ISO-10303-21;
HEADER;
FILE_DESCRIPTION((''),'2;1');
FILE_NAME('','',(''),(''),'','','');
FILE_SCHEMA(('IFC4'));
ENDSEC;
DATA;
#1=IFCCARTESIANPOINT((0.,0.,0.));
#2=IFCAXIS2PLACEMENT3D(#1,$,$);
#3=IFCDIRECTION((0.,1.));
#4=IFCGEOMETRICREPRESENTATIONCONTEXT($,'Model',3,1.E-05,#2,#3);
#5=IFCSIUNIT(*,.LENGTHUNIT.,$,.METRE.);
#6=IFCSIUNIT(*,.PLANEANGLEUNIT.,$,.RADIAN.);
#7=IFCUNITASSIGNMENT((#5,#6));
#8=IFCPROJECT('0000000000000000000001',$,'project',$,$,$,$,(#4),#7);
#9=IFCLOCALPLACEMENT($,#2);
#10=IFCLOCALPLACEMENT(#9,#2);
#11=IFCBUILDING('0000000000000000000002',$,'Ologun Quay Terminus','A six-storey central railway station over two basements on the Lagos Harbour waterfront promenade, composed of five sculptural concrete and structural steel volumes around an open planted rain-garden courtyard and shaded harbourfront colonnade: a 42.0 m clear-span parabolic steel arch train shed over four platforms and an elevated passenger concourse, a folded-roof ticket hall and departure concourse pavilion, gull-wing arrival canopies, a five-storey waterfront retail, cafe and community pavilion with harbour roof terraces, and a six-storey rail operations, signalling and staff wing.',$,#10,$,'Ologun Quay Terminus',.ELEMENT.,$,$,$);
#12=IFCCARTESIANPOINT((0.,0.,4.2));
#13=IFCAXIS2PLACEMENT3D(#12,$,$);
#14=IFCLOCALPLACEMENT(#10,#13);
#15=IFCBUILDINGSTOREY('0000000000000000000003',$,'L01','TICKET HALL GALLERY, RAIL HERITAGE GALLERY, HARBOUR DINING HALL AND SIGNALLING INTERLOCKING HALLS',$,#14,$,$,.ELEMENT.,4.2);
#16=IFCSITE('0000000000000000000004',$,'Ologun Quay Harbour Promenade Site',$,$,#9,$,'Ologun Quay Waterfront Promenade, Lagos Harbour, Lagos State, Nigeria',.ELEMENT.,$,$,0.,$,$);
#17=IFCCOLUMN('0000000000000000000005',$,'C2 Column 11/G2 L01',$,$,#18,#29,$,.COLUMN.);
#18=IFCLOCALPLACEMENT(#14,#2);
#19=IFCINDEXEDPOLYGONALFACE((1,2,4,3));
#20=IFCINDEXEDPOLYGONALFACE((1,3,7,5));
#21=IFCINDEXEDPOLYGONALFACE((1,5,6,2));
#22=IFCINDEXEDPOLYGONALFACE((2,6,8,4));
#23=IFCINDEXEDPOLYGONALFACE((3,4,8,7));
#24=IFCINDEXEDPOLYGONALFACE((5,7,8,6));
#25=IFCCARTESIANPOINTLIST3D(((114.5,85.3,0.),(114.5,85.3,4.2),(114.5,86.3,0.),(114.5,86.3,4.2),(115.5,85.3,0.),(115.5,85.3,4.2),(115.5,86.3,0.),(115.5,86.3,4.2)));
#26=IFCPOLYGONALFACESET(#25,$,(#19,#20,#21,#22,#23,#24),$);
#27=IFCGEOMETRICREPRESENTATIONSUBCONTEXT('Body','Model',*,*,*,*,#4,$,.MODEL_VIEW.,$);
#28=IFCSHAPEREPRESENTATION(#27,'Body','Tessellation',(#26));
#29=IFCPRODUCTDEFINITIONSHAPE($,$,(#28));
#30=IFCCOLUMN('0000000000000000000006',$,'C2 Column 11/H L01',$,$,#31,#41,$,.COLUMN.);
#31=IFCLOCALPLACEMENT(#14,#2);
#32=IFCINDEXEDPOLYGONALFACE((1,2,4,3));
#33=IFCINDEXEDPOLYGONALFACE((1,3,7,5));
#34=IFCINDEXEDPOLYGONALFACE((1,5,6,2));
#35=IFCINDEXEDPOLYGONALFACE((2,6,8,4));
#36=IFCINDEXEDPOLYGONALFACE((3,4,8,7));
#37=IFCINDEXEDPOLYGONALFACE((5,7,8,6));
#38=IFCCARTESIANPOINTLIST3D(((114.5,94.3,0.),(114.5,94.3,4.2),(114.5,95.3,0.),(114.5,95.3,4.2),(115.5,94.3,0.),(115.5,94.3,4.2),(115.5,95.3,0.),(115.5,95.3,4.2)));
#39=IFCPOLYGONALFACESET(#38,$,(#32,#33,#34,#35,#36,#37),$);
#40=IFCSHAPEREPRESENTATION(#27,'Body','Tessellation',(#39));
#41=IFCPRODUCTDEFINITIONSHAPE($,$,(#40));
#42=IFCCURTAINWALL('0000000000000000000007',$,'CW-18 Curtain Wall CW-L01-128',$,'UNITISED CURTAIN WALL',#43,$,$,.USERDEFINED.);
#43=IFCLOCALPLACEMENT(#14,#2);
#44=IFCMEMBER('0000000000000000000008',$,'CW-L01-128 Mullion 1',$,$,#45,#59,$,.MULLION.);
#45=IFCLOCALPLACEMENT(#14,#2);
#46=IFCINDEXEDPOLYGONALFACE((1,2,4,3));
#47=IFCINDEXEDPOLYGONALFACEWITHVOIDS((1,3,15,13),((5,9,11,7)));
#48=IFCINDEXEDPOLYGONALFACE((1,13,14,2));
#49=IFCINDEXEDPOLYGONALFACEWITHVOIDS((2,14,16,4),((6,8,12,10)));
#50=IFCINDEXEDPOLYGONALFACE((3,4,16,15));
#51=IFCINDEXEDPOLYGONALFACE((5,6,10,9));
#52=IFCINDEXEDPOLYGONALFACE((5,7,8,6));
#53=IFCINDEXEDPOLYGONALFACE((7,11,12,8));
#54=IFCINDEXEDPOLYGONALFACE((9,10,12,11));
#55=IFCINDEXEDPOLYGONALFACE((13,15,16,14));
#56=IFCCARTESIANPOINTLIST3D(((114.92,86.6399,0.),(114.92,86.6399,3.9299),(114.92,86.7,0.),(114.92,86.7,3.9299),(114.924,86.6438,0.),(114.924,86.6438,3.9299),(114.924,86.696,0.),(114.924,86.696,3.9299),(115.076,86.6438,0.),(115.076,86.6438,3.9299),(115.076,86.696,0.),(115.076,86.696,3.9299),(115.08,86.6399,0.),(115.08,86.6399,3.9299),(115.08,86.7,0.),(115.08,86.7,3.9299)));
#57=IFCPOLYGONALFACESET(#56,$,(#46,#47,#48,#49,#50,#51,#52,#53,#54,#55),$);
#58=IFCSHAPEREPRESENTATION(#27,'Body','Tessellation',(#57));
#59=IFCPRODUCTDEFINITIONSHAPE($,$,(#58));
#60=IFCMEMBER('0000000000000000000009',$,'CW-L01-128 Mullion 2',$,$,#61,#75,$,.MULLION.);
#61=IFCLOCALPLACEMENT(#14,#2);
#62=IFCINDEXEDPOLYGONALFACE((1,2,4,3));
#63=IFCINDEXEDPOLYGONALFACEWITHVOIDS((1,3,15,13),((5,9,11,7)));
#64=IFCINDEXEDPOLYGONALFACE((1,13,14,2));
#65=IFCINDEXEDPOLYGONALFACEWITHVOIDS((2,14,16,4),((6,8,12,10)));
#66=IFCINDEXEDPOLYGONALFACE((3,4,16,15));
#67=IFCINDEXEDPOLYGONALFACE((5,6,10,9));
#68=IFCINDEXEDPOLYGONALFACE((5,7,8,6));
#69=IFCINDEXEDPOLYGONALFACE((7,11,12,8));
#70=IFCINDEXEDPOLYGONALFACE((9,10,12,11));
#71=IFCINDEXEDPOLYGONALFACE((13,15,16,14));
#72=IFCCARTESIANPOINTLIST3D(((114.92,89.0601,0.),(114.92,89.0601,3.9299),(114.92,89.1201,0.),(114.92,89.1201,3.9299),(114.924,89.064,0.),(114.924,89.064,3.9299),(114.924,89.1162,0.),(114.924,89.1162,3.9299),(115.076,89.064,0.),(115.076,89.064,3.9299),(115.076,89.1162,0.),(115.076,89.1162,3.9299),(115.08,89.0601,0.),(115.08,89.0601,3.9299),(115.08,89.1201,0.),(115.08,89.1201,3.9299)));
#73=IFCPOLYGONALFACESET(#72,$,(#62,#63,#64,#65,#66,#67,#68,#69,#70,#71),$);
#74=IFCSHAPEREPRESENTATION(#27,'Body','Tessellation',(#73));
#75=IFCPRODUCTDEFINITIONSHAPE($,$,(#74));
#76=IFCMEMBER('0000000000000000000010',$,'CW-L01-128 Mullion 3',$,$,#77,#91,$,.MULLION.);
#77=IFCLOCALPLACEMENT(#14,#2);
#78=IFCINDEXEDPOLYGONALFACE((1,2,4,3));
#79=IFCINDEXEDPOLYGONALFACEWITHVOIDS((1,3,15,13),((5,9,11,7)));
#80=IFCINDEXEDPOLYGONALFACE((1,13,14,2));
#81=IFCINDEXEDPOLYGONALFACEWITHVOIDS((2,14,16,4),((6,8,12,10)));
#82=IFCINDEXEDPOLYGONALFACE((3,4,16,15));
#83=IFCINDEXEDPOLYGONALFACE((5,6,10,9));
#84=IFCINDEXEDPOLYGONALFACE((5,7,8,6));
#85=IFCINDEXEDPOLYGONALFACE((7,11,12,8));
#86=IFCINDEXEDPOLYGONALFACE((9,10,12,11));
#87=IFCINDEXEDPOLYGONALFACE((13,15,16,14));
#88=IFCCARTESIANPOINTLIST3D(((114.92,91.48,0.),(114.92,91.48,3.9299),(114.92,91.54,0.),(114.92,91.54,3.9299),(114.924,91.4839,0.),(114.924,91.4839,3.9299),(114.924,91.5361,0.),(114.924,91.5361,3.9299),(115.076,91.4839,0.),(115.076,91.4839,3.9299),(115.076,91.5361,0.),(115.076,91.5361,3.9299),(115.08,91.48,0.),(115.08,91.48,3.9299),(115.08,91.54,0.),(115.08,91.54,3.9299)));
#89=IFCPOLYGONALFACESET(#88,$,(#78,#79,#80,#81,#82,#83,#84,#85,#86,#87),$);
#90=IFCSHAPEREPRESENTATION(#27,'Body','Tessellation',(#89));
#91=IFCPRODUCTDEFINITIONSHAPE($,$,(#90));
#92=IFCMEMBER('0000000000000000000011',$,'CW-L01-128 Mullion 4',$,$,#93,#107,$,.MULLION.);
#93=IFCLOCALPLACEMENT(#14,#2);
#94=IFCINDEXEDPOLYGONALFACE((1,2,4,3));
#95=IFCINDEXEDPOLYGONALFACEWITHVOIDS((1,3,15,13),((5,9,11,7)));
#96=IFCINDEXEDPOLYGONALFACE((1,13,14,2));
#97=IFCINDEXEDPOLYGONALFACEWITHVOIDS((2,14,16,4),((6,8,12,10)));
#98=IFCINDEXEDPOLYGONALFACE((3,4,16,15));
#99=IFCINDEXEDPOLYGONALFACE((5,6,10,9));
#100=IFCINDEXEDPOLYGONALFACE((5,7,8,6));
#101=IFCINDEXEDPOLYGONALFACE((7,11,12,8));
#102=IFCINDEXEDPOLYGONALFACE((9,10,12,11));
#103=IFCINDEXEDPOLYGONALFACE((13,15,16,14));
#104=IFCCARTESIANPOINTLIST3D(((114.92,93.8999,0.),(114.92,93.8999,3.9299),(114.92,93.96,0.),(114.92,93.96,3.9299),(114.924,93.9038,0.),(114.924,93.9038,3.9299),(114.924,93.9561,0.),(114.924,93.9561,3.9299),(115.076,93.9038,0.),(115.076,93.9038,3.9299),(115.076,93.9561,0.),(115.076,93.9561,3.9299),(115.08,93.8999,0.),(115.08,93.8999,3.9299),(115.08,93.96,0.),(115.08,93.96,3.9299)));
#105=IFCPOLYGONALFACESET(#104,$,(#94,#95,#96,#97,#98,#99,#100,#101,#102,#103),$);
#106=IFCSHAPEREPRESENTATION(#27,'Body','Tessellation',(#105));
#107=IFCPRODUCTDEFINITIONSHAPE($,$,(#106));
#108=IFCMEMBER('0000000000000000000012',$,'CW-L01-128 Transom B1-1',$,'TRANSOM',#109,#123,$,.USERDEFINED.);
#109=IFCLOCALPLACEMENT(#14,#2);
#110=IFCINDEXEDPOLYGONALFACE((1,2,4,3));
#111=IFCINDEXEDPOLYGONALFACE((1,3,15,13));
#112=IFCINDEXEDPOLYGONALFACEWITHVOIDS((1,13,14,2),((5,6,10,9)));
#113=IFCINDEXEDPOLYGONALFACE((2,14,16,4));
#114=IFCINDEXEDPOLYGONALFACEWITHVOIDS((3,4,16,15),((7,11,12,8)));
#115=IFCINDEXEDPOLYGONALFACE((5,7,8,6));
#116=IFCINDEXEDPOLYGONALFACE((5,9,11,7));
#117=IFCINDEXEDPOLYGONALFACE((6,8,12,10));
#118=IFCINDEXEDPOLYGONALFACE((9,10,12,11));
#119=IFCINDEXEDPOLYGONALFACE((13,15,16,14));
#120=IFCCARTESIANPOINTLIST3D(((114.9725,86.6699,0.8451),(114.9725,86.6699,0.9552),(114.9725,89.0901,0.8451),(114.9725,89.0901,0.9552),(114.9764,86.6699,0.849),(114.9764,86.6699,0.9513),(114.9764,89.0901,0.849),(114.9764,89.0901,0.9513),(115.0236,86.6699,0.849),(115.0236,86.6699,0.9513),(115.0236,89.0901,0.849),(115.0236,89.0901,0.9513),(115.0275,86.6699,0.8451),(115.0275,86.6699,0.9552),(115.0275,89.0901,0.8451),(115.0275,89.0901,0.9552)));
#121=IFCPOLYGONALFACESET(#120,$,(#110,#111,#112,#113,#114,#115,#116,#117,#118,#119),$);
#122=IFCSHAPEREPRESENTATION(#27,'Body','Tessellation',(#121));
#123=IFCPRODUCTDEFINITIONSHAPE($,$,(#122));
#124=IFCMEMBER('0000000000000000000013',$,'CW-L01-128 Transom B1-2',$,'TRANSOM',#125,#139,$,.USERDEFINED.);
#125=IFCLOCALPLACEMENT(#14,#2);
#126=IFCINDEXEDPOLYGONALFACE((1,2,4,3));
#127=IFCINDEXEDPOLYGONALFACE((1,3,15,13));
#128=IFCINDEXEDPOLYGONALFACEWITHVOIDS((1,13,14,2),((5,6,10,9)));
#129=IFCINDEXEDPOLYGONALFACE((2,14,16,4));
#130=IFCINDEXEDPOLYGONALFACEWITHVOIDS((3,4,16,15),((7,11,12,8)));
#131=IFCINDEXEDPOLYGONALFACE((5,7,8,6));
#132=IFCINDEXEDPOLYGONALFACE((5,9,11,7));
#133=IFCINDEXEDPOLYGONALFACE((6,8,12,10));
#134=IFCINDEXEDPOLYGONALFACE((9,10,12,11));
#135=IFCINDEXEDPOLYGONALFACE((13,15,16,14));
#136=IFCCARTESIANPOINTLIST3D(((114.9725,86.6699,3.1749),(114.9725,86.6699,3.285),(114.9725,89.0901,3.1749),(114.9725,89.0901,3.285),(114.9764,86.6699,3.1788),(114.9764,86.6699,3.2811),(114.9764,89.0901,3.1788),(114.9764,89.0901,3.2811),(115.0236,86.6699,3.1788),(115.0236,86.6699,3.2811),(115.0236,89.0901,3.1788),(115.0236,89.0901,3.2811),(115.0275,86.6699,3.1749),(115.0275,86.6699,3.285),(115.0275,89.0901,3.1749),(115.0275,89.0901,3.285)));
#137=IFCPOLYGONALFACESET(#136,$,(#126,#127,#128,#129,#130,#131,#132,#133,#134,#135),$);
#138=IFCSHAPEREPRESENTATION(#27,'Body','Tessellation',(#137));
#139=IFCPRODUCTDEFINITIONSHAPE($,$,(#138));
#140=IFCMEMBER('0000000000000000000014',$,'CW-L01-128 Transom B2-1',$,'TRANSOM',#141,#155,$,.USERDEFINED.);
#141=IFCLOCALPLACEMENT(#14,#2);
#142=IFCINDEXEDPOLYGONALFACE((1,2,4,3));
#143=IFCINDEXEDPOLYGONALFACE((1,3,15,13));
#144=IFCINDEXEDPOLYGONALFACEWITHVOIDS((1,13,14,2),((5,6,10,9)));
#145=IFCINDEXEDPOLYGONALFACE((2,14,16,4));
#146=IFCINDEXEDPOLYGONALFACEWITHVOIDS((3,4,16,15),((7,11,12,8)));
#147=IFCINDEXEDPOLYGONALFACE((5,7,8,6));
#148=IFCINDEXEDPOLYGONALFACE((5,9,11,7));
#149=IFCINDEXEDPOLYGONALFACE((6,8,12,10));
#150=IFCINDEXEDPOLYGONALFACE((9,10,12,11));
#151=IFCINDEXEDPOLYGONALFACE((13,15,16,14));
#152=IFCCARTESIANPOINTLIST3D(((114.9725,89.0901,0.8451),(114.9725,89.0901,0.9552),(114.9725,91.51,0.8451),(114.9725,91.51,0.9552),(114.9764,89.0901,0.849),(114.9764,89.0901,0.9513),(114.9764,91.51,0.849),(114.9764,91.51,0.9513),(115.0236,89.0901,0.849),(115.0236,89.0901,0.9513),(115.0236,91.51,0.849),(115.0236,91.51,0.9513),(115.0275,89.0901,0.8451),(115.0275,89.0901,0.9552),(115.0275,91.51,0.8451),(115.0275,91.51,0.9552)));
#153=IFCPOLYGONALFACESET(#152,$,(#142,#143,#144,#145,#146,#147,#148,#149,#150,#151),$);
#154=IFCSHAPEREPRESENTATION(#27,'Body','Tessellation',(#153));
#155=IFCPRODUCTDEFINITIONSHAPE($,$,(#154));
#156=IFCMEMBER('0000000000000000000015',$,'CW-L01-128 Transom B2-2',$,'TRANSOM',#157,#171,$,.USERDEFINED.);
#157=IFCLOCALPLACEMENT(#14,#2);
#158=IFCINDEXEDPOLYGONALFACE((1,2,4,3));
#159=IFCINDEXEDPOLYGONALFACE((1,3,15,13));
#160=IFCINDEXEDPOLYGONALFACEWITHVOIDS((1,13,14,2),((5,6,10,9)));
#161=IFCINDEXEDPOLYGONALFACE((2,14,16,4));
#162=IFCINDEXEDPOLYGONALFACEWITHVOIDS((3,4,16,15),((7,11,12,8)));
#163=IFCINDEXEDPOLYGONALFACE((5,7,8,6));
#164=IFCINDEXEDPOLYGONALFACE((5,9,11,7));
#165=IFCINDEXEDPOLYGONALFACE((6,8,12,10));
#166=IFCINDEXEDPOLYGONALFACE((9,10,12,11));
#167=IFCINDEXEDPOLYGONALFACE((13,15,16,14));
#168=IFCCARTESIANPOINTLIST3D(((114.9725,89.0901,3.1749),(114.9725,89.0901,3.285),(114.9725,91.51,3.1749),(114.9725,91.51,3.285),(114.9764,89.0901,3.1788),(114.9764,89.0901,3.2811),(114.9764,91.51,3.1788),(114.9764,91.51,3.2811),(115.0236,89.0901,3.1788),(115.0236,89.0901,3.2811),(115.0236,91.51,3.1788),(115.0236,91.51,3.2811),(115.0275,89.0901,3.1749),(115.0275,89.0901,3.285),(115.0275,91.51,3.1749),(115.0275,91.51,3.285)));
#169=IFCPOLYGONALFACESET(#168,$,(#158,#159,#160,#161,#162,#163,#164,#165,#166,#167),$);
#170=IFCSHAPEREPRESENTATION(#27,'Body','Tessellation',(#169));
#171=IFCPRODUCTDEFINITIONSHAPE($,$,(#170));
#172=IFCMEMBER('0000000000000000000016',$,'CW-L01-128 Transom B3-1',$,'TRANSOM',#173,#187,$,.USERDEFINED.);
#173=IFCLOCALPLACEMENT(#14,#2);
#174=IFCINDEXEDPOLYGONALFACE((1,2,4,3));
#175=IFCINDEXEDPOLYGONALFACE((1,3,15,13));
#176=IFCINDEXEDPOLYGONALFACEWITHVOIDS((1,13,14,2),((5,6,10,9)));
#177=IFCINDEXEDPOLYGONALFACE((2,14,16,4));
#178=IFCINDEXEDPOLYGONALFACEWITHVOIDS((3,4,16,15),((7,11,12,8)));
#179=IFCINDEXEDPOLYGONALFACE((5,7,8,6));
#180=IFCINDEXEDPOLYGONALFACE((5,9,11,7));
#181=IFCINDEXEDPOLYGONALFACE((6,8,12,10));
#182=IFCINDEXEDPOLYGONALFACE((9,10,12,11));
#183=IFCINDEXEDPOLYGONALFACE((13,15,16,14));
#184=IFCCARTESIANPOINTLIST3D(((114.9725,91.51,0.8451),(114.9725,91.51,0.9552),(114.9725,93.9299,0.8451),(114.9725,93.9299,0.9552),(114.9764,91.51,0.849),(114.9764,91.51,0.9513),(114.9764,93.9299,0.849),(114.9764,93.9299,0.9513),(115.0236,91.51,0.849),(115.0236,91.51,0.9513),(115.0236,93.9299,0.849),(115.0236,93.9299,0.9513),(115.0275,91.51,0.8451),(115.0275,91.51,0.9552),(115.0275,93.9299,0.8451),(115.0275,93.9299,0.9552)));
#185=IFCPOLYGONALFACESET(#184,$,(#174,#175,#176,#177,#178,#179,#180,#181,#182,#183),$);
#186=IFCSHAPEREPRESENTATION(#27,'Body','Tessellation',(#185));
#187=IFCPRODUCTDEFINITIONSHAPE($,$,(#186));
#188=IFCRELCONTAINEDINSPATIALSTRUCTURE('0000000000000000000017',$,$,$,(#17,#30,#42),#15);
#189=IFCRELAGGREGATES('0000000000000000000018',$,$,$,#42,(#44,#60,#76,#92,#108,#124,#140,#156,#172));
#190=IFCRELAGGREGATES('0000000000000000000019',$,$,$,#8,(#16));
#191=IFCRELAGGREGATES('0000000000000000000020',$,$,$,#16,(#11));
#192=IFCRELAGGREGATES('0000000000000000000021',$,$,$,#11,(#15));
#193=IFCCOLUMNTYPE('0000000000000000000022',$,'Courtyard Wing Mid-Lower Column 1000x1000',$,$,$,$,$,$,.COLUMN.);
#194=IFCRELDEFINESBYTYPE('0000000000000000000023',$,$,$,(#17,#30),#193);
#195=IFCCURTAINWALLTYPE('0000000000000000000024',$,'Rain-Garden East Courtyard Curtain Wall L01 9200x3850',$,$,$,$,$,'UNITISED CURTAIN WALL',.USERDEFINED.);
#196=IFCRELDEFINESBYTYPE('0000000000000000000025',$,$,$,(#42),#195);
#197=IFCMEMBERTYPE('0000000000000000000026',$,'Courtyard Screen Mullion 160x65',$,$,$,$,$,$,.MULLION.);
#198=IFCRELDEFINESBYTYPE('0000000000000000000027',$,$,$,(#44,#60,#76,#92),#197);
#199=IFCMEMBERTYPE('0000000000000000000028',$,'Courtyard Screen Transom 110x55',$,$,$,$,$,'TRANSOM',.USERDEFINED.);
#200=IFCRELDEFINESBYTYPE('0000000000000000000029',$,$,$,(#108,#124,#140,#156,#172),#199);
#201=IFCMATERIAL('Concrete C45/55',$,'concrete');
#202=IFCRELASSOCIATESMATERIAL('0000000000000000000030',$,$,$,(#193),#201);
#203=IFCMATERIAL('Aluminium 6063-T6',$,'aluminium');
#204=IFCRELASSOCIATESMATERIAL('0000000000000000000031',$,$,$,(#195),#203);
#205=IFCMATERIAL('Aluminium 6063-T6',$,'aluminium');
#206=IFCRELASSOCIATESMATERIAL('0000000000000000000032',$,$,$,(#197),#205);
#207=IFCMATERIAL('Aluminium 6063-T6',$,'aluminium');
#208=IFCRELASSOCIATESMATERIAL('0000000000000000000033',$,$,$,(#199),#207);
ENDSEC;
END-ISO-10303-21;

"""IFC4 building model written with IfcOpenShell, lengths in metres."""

from ifc_helpers import new_model, si_unit, direction, frame, origin, origin_2d, place, context, subcontext, project, spatial, rectangle, hollow_rectangle, extrude, material, material_profile, profile_set, type_object, element, aggregate, save


model = new_model("IFC4")

# Units and contexts
model_context = context("Model", 3, precision=1e-05, world=origin(), true_north=direction((0.0, 1.0)))
body_context = subcontext(model_context, "Body", "Model", "MODEL_VIEW")
ifc_project = project(units=[si_unit("LENGTHUNIT", "METRE"), si_unit("PLANEANGLEUNIT", "RADIAN")], contexts=[model_context])

# Site, building, storey
site_placement = place(None, origin())
site = spatial("IfcSite", under=ifc_project, at=site_placement, Name="Ologun Quay Harbour Promenade Site", LongName="Ologun Quay Waterfront Promenade, Lagos Harbour, Lagos State, Nigeria", CompositionType="ELEMENT", RefElevation=0.0)
building_placement = place(site_placement, origin())
building = spatial("IfcBuilding", under=site, at=building_placement, Name="Ologun Quay Terminus", Description="A six-storey central railway station over two basements on the Lagos Harbour waterfront promenade, composed of five sculptural concrete and structural steel volumes around an open planted rain-garden courtyard and shaded harbourfront colonnade: a 42.0 m clear-span parabolic steel arch train shed over four platforms and an elevated passenger concourse, a folded-roof ticket hall and departure concourse pavilion, gull-wing arrival canopies, a five-storey waterfront retail, cafe and community pavilion with harbour roof terraces, and a six-storey rail operations, signalling and staff wing.", LongName="Ologun Quay Terminus", CompositionType="ELEMENT")
storey_placement = place(building_placement, frame((0.0, 0.0, 4.2)))
storey = spatial("IfcBuildingStorey", under=building, at=storey_placement, Name="L01", Description="TICKET HALL GALLERY, RAIL HERITAGE GALLERY, HARBOUR DINING HALL AND SIGNALLING INTERLOCKING HALLS", CompositionType="ELEMENT", Elevation=4.2)

# Columns
ifc_material_1 = material(Name="Concrete C45/55", Category="concrete")
ifc_material_profile_1 = material_profile(ifc_material_1, rectangle(XDim=1.0, YDim=1.0, at=origin_2d()), Name="RC 1000x1000")
ifc_profile_set_1 = profile_set([ifc_material_profile_1], Name="Concrete C45/55")
column_type = type_object("IfcColumnType", Name="Courtyard Wing Mid-Lower Column 1000x1000", PredefinedType="COLUMN", material=ifc_profile_set_1)
for number, where, z_axis, x_axis, name in (
    (1, (115.0, 85.8, 0.0), (0.0, 0.0, 1.0), (1.0, 0.0, 0.0), "C2 Column 11/G2 L01"),
    (2, (115.0, 94.8, 0.0), (0.0, 0.0, 1.0), (1.0, 0.0, 0.0), "C2 Column 11/H L01"),
):
    element("IfcColumn", number, at=place(storey_placement, frame(where, z_axis=z_axis, x_axis=x_axis)), inside=storey, type_object=column_type, Name=name, PredefinedType="COLUMN", context=body_context, shape_type="SweptSolid", body=[
        extrude(rectangle(XDim=1.0, YDim=1.0, at=origin_2d()), origin(), (0.0, 0.0, 1.0), 4.2),
    ])

# Curtain wall, members
ifc_material_2 = material(Name="Aluminium 6063-T6", Category="aluminium")
curtain_wall_type = type_object("IfcCurtainWallType", Name="Rain-Garden East Courtyard Curtain Wall L01 9200x3850", ElementType="UNITISED CURTAIN WALL", PredefinedType="USERDEFINED", material=ifc_material_2)
curtain_wall_placement = place(storey_placement, origin())
curtain_wall = element("IfcCurtainWall", 3, at=curtain_wall_placement, inside=storey, type_object=curtain_wall_type, Name="CW-18 Curtain Wall CW-L01-128", ObjectType="UNITISED CURTAIN WALL", PredefinedType="USERDEFINED")
ifc_material_3 = material(Name="Aluminium 6063-T6", Category="aluminium")
ifc_material_profile_2 = material_profile(ifc_material_3, hollow_rectangle(XDim=0.0601, YDim=0.1599, WallThickness=0.0039, at=origin_2d()), Name="ALU 160x60x4")
ifc_profile_set_2 = profile_set([ifc_material_profile_2], Name="Aluminium 6063-T6")
member_type_1 = type_object("IfcMemberType", Name="Courtyard Screen Mullion 160x65", PredefinedType="MULLION", material=ifc_profile_set_2)
member_1_placement = place(storey_placement, frame((115.0, 86.6699, 0.0), z_axis=(0.0, 0.0, 1.0), x_axis=(0.0, 1.0, 0.0)))
member_1 = element("IfcMember", 4, at=member_1_placement, type_object=member_type_1, Name="CW-L01-128 Mullion 1", PredefinedType="MULLION", context=body_context, shape_type="SweptSolid", body=[
    extrude(hollow_rectangle(XDim=0.0601, YDim=0.1599, WallThickness=0.0039, at=origin_2d()), origin(), (0.0, 0.0, 1.0), 3.9299),
])
member_2_placement = place(storey_placement, frame((115.0, 89.0901, 0.0), z_axis=(0.0, 0.0, 1.0), x_axis=(0.0, 1.0, 0.0)))
member_2 = element("IfcMember", 5, at=member_2_placement, type_object=member_type_1, Name="CW-L01-128 Mullion 2", PredefinedType="MULLION", context=body_context, shape_type="SweptSolid", body=[
    extrude(hollow_rectangle(XDim=0.0601, YDim=0.1599, WallThickness=0.0039, at=origin_2d()), origin(), (0.0, 0.0, 1.0), 3.9299),
])
member_3_placement = place(storey_placement, frame((115.0, 91.51, 0.0), z_axis=(0.0, 0.0, 1.0), x_axis=(0.0, 1.0, 0.0)))
member_3 = element("IfcMember", 6, at=member_3_placement, type_object=member_type_1, Name="CW-L01-128 Mullion 3", PredefinedType="MULLION", context=body_context, shape_type="SweptSolid", body=[
    extrude(hollow_rectangle(XDim=0.0601, YDim=0.1599, WallThickness=0.0039, at=origin_2d()), origin(), (0.0, 0.0, 1.0), 3.9299),
])
member_4_placement = place(storey_placement, frame((115.0, 93.9299, 0.0), z_axis=(0.0, 0.0, 1.0), x_axis=(0.0, 1.0, 0.0)))
member_4 = element("IfcMember", 7, at=member_4_placement, type_object=member_type_1, Name="CW-L01-128 Mullion 4", PredefinedType="MULLION", context=body_context, shape_type="SweptSolid", body=[
    extrude(hollow_rectangle(XDim=0.0601, YDim=0.1599, WallThickness=0.0039, at=origin_2d()), origin(), (0.0, 0.0, 1.0), 3.9299),
])
ifc_material_4 = material(Name="Aluminium 6063-T6", Category="aluminium")
ifc_material_profile_3 = material_profile(ifc_material_4, hollow_rectangle(XDim=0.0549, YDim=0.1101, WallThickness=0.0039, at=origin_2d()), Name="ALU 110x55x4")
ifc_profile_set_3 = profile_set([ifc_material_profile_3], Name="Aluminium 6063-T6")
member_type_2 = type_object("IfcMemberType", Name="Courtyard Screen Transom 110x55", ElementType="TRANSOM", PredefinedType="USERDEFINED", material=ifc_profile_set_3)
member_5_placement = place(storey_placement, frame((115.0, 86.6699, 0.9001), z_axis=(0.0, 1.0, 0.0), x_axis=(-1.0, 0.0, 0.0)))
member_5 = element("IfcMember", 8, at=member_5_placement, type_object=member_type_2, Name="CW-L01-128 Transom B1-1", ObjectType="TRANSOM", PredefinedType="USERDEFINED", context=body_context, shape_type="SweptSolid", body=[
    extrude(hollow_rectangle(XDim=0.0549, YDim=0.1101, WallThickness=0.0039, at=origin_2d()), origin(), (0.0, 0.0, 1.0), 2.4202),
])
member_6_placement = place(storey_placement, frame((115.0, 86.6699, 3.23), z_axis=(0.0, 1.0, 0.0), x_axis=(-1.0, 0.0, 0.0)))
member_6 = element("IfcMember", 9, at=member_6_placement, type_object=member_type_2, Name="CW-L01-128 Transom B1-2", ObjectType="TRANSOM", PredefinedType="USERDEFINED", context=body_context, shape_type="SweptSolid", body=[
    extrude(hollow_rectangle(XDim=0.0549, YDim=0.1101, WallThickness=0.0039, at=origin_2d()), origin(), (0.0, 0.0, 1.0), 2.4202),
])
member_7_placement = place(storey_placement, frame((115.0, 89.0901, 0.9001), z_axis=(0.0, 1.0, 0.0), x_axis=(-1.0, 0.0, 0.0)))
member_7 = element("IfcMember", 10, at=member_7_placement, type_object=member_type_2, Name="CW-L01-128 Transom B2-1", ObjectType="TRANSOM", PredefinedType="USERDEFINED", context=body_context, shape_type="SweptSolid", body=[
    extrude(hollow_rectangle(XDim=0.0549, YDim=0.1101, WallThickness=0.0039, at=origin_2d()), origin(), (0.0, 0.0, 1.0), 2.4199),
])
member_8_placement = place(storey_placement, frame((115.0, 89.0901, 3.23), z_axis=(0.0, 1.0, 0.0), x_axis=(-1.0, 0.0, 0.0)))
member_8 = element("IfcMember", 11, at=member_8_placement, type_object=member_type_2, Name="CW-L01-128 Transom B2-2", ObjectType="TRANSOM", PredefinedType="USERDEFINED", context=body_context, shape_type="SweptSolid", body=[
    extrude(hollow_rectangle(XDim=0.0549, YDim=0.1101, WallThickness=0.0039, at=origin_2d()), origin(), (0.0, 0.0, 1.0), 2.4199),
])
member_9_placement = place(storey_placement, frame((115.0, 91.51, 0.9001), z_axis=(0.0, 1.0, 0.0), x_axis=(-1.0, 0.0, 0.0)))
member_9 = element("IfcMember", 12, at=member_9_placement, type_object=member_type_2, Name="CW-L01-128 Transom B3-1", ObjectType="TRANSOM", PredefinedType="USERDEFINED", context=body_context, shape_type="SweptSolid", body=[
    extrude(hollow_rectangle(XDim=0.0549, YDim=0.1101, WallThickness=0.0039, at=origin_2d()), origin(), (0.0, 0.0, 1.0), 2.4199),
])

aggregate(curtain_wall, [member_1, member_2, member_3, member_4, member_5, member_6, member_7, member_8, member_9])

save(model, "model.ifc")
